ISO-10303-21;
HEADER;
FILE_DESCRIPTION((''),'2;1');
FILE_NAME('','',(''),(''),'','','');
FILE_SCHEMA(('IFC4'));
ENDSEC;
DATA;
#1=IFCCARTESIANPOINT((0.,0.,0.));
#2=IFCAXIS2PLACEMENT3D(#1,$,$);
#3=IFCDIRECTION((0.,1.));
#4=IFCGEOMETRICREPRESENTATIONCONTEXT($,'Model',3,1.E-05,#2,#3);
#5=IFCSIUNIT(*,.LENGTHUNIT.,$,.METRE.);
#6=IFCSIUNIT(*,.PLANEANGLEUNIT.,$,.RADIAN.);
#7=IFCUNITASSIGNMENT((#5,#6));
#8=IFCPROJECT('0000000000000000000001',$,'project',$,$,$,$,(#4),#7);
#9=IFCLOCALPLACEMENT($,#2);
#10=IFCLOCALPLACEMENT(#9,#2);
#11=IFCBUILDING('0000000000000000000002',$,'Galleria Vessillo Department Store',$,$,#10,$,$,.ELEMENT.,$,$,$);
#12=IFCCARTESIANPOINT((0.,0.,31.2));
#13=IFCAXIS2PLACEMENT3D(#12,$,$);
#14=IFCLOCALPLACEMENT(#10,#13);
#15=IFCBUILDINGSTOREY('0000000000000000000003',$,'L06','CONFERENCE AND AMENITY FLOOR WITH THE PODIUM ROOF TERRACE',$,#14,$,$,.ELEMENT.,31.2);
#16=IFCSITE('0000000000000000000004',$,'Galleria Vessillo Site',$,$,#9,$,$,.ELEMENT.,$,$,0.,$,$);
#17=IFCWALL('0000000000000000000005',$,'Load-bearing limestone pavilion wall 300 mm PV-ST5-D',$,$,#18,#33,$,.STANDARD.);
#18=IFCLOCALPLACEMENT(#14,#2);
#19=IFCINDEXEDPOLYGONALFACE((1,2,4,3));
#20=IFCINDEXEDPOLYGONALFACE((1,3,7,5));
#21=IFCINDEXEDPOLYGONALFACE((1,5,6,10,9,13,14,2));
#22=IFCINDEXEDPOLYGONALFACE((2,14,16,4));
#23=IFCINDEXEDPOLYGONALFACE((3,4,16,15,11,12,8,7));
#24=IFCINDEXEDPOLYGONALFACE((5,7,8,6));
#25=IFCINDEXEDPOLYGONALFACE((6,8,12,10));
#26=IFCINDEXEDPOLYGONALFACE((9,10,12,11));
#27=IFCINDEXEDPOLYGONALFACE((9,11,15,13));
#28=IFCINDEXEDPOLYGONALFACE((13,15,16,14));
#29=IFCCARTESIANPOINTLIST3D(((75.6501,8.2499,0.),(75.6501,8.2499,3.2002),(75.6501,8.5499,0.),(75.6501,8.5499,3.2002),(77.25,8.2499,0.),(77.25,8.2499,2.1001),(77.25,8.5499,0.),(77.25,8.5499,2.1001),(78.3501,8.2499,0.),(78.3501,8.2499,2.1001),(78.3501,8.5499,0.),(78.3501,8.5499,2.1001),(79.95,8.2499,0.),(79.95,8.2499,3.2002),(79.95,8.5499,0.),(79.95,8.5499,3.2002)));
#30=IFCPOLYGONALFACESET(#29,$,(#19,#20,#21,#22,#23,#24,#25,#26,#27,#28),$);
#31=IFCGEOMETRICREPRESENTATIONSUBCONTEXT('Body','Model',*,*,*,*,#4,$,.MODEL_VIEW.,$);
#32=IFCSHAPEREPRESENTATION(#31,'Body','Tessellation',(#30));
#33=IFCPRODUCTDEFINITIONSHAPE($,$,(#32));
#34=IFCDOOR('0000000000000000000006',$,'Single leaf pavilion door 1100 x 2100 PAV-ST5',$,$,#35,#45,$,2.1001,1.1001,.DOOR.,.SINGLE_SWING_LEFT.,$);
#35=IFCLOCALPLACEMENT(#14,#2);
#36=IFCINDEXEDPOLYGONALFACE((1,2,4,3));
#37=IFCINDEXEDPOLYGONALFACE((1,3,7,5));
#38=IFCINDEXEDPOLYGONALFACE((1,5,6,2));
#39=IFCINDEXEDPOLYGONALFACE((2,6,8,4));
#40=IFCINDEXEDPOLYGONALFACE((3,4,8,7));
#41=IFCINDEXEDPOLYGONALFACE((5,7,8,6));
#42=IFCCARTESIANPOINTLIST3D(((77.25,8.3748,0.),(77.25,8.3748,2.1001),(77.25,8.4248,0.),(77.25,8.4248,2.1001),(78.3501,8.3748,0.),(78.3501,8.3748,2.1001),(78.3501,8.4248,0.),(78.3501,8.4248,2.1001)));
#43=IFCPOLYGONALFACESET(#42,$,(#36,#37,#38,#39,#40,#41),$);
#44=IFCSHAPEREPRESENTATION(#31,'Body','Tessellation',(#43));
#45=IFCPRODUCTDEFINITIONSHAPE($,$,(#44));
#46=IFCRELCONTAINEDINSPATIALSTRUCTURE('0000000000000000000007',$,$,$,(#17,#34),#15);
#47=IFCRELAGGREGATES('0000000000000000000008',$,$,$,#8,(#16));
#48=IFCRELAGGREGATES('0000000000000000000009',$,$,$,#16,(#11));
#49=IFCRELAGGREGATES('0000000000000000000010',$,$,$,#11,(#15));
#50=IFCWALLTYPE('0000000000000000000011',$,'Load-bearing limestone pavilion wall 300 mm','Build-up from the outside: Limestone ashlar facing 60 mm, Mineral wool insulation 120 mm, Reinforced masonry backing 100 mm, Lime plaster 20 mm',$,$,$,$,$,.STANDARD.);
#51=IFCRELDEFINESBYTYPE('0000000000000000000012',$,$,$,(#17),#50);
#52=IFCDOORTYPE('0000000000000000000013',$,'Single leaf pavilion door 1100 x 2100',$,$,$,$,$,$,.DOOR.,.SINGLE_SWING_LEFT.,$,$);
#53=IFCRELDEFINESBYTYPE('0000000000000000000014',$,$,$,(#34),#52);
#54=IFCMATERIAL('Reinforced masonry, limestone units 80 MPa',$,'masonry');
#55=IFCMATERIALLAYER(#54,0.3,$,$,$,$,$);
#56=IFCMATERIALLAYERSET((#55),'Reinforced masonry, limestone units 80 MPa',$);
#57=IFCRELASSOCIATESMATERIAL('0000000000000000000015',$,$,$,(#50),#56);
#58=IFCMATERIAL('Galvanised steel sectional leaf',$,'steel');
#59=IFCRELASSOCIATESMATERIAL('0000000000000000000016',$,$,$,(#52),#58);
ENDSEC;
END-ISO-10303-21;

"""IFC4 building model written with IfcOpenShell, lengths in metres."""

from ifc_helpers import new_model, si_unit, direction, frame, frame_2d, origin, place, context, subcontext, project, spatial, rectangle, extrude, material, layer, layer_set, type_object, element, fill, save


model = new_model("IFC4")

# Units and contexts
model_context = context("Model", 3, precision=1e-05, world=origin(), true_north=direction((0.0, 1.0)))
body_context = subcontext(model_context, "Body", "Model", "MODEL_VIEW")
ifc_project = project(units=[si_unit("LENGTHUNIT", "METRE"), si_unit("PLANEANGLEUNIT", "RADIAN")], contexts=[model_context])

# Site, building, storey
site_placement = place(None, origin())
site = spatial("IfcSite", under=ifc_project, at=site_placement, Name="Galleria Vessillo Site", CompositionType="ELEMENT", RefElevation=0.0)
building_placement = place(site_placement, origin())
building = spatial("IfcBuilding", under=site, at=building_placement, Name="Galleria Vessillo Department Store", CompositionType="ELEMENT")
storey_placement = place(building_placement, frame((0.0, 0.0, 31.2)))
storey = spatial("IfcBuildingStorey", under=building, at=storey_placement, Name="L06", Description="CONFERENCE AND AMENITY FLOOR WITH THE PODIUM ROOF TERRACE", CompositionType="ELEMENT", Elevation=31.2)

# Wall, opening, door
ifc_material_1 = material(Name="Reinforced masonry, limestone units 80 MPa", Category="masonry")
ifc_layer_1 = layer(ifc_material_1, 0.3)
ifc_layer_set_1 = layer_set([ifc_layer_1], Name="Reinforced masonry, limestone units 80 MPa")
wall_type = type_object("IfcWallType", Name="Load-bearing limestone pavilion wall 300 mm", Description="Build-up from the outside: Limestone ashlar facing 60 mm, Mineral wool insulation 120 mm, Reinforced masonry backing 100 mm, Lime plaster 20 mm", PredefinedType="STANDARD", material=ifc_layer_set_1)
wall_placement = place(storey_placement, frame((75.6501, 8.3999, 0.0), z_axis=(0.0, 0.0, 1.0), x_axis=(1.0, 0.0, 0.0)))
wall = element("IfcWall", 1, at=wall_placement, inside=storey, type_object=wall_type, Name="Load-bearing limestone pavilion wall 300 mm PV-ST5-D", PredefinedType="STANDARD", context=body_context, shape_type="SweptSolid", body=[
    extrude(rectangle(XDim=4.2998, YDim=0.3, at=frame_2d((2.1499, 0.0))), origin(), (0.0, 0.0, 1.0), 3.2002),
])
opening_placement = place(wall_placement, frame((1.5999, 0.0, 0.0)))
opening = element("IfcOpeningElement", 2, at=opening_placement, cuts=wall, PredefinedType="OPENING", context=body_context, shape_type="SweptSolid", body=[
    extrude(rectangle(XDim=1.1001, YDim=2.1001, at=frame_2d((0.55, 1.05))), frame((0.0, 0.1602, 0.0), z_axis=(0.0, -1.0, 0.0), x_axis=(1.0, 0.0, 0.0)), (0.0, 0.0, 1.0), 0.3201),
])
ifc_material_2 = material(Name="Galvanised steel sectional leaf", Category="steel")
door_type = type_object("IfcDoorType", Name="Single leaf pavilion door 1100 x 2100", OperationType="SINGLE_SWING_LEFT", PredefinedType="DOOR", material=ifc_material_2)
door_placement = place(opening_placement, origin())
door = element("IfcDoor", 3, at=door_placement, inside=storey, type_object=door_type, Name="Single leaf pavilion door 1100 x 2100 PAV-ST5", OperationType="SINGLE_SWING_LEFT", OverallHeight=2.1001, OverallWidth=1.1001, PredefinedType="DOOR", context=body_context, shape_type="SweptSolid", body=[
    extrude(rectangle(XDim=1.1001, YDim=2.1001, at=frame_2d((0.55, 1.05))), frame((0.0, 0.0249, 0.0), z_axis=(0.0, -1.0, 0.0), x_axis=(1.0, 0.0, 0.0)), (0.0, 0.0, 1.0), 0.05),
])
fill(opening, door)

save(model, "model.ifc")
